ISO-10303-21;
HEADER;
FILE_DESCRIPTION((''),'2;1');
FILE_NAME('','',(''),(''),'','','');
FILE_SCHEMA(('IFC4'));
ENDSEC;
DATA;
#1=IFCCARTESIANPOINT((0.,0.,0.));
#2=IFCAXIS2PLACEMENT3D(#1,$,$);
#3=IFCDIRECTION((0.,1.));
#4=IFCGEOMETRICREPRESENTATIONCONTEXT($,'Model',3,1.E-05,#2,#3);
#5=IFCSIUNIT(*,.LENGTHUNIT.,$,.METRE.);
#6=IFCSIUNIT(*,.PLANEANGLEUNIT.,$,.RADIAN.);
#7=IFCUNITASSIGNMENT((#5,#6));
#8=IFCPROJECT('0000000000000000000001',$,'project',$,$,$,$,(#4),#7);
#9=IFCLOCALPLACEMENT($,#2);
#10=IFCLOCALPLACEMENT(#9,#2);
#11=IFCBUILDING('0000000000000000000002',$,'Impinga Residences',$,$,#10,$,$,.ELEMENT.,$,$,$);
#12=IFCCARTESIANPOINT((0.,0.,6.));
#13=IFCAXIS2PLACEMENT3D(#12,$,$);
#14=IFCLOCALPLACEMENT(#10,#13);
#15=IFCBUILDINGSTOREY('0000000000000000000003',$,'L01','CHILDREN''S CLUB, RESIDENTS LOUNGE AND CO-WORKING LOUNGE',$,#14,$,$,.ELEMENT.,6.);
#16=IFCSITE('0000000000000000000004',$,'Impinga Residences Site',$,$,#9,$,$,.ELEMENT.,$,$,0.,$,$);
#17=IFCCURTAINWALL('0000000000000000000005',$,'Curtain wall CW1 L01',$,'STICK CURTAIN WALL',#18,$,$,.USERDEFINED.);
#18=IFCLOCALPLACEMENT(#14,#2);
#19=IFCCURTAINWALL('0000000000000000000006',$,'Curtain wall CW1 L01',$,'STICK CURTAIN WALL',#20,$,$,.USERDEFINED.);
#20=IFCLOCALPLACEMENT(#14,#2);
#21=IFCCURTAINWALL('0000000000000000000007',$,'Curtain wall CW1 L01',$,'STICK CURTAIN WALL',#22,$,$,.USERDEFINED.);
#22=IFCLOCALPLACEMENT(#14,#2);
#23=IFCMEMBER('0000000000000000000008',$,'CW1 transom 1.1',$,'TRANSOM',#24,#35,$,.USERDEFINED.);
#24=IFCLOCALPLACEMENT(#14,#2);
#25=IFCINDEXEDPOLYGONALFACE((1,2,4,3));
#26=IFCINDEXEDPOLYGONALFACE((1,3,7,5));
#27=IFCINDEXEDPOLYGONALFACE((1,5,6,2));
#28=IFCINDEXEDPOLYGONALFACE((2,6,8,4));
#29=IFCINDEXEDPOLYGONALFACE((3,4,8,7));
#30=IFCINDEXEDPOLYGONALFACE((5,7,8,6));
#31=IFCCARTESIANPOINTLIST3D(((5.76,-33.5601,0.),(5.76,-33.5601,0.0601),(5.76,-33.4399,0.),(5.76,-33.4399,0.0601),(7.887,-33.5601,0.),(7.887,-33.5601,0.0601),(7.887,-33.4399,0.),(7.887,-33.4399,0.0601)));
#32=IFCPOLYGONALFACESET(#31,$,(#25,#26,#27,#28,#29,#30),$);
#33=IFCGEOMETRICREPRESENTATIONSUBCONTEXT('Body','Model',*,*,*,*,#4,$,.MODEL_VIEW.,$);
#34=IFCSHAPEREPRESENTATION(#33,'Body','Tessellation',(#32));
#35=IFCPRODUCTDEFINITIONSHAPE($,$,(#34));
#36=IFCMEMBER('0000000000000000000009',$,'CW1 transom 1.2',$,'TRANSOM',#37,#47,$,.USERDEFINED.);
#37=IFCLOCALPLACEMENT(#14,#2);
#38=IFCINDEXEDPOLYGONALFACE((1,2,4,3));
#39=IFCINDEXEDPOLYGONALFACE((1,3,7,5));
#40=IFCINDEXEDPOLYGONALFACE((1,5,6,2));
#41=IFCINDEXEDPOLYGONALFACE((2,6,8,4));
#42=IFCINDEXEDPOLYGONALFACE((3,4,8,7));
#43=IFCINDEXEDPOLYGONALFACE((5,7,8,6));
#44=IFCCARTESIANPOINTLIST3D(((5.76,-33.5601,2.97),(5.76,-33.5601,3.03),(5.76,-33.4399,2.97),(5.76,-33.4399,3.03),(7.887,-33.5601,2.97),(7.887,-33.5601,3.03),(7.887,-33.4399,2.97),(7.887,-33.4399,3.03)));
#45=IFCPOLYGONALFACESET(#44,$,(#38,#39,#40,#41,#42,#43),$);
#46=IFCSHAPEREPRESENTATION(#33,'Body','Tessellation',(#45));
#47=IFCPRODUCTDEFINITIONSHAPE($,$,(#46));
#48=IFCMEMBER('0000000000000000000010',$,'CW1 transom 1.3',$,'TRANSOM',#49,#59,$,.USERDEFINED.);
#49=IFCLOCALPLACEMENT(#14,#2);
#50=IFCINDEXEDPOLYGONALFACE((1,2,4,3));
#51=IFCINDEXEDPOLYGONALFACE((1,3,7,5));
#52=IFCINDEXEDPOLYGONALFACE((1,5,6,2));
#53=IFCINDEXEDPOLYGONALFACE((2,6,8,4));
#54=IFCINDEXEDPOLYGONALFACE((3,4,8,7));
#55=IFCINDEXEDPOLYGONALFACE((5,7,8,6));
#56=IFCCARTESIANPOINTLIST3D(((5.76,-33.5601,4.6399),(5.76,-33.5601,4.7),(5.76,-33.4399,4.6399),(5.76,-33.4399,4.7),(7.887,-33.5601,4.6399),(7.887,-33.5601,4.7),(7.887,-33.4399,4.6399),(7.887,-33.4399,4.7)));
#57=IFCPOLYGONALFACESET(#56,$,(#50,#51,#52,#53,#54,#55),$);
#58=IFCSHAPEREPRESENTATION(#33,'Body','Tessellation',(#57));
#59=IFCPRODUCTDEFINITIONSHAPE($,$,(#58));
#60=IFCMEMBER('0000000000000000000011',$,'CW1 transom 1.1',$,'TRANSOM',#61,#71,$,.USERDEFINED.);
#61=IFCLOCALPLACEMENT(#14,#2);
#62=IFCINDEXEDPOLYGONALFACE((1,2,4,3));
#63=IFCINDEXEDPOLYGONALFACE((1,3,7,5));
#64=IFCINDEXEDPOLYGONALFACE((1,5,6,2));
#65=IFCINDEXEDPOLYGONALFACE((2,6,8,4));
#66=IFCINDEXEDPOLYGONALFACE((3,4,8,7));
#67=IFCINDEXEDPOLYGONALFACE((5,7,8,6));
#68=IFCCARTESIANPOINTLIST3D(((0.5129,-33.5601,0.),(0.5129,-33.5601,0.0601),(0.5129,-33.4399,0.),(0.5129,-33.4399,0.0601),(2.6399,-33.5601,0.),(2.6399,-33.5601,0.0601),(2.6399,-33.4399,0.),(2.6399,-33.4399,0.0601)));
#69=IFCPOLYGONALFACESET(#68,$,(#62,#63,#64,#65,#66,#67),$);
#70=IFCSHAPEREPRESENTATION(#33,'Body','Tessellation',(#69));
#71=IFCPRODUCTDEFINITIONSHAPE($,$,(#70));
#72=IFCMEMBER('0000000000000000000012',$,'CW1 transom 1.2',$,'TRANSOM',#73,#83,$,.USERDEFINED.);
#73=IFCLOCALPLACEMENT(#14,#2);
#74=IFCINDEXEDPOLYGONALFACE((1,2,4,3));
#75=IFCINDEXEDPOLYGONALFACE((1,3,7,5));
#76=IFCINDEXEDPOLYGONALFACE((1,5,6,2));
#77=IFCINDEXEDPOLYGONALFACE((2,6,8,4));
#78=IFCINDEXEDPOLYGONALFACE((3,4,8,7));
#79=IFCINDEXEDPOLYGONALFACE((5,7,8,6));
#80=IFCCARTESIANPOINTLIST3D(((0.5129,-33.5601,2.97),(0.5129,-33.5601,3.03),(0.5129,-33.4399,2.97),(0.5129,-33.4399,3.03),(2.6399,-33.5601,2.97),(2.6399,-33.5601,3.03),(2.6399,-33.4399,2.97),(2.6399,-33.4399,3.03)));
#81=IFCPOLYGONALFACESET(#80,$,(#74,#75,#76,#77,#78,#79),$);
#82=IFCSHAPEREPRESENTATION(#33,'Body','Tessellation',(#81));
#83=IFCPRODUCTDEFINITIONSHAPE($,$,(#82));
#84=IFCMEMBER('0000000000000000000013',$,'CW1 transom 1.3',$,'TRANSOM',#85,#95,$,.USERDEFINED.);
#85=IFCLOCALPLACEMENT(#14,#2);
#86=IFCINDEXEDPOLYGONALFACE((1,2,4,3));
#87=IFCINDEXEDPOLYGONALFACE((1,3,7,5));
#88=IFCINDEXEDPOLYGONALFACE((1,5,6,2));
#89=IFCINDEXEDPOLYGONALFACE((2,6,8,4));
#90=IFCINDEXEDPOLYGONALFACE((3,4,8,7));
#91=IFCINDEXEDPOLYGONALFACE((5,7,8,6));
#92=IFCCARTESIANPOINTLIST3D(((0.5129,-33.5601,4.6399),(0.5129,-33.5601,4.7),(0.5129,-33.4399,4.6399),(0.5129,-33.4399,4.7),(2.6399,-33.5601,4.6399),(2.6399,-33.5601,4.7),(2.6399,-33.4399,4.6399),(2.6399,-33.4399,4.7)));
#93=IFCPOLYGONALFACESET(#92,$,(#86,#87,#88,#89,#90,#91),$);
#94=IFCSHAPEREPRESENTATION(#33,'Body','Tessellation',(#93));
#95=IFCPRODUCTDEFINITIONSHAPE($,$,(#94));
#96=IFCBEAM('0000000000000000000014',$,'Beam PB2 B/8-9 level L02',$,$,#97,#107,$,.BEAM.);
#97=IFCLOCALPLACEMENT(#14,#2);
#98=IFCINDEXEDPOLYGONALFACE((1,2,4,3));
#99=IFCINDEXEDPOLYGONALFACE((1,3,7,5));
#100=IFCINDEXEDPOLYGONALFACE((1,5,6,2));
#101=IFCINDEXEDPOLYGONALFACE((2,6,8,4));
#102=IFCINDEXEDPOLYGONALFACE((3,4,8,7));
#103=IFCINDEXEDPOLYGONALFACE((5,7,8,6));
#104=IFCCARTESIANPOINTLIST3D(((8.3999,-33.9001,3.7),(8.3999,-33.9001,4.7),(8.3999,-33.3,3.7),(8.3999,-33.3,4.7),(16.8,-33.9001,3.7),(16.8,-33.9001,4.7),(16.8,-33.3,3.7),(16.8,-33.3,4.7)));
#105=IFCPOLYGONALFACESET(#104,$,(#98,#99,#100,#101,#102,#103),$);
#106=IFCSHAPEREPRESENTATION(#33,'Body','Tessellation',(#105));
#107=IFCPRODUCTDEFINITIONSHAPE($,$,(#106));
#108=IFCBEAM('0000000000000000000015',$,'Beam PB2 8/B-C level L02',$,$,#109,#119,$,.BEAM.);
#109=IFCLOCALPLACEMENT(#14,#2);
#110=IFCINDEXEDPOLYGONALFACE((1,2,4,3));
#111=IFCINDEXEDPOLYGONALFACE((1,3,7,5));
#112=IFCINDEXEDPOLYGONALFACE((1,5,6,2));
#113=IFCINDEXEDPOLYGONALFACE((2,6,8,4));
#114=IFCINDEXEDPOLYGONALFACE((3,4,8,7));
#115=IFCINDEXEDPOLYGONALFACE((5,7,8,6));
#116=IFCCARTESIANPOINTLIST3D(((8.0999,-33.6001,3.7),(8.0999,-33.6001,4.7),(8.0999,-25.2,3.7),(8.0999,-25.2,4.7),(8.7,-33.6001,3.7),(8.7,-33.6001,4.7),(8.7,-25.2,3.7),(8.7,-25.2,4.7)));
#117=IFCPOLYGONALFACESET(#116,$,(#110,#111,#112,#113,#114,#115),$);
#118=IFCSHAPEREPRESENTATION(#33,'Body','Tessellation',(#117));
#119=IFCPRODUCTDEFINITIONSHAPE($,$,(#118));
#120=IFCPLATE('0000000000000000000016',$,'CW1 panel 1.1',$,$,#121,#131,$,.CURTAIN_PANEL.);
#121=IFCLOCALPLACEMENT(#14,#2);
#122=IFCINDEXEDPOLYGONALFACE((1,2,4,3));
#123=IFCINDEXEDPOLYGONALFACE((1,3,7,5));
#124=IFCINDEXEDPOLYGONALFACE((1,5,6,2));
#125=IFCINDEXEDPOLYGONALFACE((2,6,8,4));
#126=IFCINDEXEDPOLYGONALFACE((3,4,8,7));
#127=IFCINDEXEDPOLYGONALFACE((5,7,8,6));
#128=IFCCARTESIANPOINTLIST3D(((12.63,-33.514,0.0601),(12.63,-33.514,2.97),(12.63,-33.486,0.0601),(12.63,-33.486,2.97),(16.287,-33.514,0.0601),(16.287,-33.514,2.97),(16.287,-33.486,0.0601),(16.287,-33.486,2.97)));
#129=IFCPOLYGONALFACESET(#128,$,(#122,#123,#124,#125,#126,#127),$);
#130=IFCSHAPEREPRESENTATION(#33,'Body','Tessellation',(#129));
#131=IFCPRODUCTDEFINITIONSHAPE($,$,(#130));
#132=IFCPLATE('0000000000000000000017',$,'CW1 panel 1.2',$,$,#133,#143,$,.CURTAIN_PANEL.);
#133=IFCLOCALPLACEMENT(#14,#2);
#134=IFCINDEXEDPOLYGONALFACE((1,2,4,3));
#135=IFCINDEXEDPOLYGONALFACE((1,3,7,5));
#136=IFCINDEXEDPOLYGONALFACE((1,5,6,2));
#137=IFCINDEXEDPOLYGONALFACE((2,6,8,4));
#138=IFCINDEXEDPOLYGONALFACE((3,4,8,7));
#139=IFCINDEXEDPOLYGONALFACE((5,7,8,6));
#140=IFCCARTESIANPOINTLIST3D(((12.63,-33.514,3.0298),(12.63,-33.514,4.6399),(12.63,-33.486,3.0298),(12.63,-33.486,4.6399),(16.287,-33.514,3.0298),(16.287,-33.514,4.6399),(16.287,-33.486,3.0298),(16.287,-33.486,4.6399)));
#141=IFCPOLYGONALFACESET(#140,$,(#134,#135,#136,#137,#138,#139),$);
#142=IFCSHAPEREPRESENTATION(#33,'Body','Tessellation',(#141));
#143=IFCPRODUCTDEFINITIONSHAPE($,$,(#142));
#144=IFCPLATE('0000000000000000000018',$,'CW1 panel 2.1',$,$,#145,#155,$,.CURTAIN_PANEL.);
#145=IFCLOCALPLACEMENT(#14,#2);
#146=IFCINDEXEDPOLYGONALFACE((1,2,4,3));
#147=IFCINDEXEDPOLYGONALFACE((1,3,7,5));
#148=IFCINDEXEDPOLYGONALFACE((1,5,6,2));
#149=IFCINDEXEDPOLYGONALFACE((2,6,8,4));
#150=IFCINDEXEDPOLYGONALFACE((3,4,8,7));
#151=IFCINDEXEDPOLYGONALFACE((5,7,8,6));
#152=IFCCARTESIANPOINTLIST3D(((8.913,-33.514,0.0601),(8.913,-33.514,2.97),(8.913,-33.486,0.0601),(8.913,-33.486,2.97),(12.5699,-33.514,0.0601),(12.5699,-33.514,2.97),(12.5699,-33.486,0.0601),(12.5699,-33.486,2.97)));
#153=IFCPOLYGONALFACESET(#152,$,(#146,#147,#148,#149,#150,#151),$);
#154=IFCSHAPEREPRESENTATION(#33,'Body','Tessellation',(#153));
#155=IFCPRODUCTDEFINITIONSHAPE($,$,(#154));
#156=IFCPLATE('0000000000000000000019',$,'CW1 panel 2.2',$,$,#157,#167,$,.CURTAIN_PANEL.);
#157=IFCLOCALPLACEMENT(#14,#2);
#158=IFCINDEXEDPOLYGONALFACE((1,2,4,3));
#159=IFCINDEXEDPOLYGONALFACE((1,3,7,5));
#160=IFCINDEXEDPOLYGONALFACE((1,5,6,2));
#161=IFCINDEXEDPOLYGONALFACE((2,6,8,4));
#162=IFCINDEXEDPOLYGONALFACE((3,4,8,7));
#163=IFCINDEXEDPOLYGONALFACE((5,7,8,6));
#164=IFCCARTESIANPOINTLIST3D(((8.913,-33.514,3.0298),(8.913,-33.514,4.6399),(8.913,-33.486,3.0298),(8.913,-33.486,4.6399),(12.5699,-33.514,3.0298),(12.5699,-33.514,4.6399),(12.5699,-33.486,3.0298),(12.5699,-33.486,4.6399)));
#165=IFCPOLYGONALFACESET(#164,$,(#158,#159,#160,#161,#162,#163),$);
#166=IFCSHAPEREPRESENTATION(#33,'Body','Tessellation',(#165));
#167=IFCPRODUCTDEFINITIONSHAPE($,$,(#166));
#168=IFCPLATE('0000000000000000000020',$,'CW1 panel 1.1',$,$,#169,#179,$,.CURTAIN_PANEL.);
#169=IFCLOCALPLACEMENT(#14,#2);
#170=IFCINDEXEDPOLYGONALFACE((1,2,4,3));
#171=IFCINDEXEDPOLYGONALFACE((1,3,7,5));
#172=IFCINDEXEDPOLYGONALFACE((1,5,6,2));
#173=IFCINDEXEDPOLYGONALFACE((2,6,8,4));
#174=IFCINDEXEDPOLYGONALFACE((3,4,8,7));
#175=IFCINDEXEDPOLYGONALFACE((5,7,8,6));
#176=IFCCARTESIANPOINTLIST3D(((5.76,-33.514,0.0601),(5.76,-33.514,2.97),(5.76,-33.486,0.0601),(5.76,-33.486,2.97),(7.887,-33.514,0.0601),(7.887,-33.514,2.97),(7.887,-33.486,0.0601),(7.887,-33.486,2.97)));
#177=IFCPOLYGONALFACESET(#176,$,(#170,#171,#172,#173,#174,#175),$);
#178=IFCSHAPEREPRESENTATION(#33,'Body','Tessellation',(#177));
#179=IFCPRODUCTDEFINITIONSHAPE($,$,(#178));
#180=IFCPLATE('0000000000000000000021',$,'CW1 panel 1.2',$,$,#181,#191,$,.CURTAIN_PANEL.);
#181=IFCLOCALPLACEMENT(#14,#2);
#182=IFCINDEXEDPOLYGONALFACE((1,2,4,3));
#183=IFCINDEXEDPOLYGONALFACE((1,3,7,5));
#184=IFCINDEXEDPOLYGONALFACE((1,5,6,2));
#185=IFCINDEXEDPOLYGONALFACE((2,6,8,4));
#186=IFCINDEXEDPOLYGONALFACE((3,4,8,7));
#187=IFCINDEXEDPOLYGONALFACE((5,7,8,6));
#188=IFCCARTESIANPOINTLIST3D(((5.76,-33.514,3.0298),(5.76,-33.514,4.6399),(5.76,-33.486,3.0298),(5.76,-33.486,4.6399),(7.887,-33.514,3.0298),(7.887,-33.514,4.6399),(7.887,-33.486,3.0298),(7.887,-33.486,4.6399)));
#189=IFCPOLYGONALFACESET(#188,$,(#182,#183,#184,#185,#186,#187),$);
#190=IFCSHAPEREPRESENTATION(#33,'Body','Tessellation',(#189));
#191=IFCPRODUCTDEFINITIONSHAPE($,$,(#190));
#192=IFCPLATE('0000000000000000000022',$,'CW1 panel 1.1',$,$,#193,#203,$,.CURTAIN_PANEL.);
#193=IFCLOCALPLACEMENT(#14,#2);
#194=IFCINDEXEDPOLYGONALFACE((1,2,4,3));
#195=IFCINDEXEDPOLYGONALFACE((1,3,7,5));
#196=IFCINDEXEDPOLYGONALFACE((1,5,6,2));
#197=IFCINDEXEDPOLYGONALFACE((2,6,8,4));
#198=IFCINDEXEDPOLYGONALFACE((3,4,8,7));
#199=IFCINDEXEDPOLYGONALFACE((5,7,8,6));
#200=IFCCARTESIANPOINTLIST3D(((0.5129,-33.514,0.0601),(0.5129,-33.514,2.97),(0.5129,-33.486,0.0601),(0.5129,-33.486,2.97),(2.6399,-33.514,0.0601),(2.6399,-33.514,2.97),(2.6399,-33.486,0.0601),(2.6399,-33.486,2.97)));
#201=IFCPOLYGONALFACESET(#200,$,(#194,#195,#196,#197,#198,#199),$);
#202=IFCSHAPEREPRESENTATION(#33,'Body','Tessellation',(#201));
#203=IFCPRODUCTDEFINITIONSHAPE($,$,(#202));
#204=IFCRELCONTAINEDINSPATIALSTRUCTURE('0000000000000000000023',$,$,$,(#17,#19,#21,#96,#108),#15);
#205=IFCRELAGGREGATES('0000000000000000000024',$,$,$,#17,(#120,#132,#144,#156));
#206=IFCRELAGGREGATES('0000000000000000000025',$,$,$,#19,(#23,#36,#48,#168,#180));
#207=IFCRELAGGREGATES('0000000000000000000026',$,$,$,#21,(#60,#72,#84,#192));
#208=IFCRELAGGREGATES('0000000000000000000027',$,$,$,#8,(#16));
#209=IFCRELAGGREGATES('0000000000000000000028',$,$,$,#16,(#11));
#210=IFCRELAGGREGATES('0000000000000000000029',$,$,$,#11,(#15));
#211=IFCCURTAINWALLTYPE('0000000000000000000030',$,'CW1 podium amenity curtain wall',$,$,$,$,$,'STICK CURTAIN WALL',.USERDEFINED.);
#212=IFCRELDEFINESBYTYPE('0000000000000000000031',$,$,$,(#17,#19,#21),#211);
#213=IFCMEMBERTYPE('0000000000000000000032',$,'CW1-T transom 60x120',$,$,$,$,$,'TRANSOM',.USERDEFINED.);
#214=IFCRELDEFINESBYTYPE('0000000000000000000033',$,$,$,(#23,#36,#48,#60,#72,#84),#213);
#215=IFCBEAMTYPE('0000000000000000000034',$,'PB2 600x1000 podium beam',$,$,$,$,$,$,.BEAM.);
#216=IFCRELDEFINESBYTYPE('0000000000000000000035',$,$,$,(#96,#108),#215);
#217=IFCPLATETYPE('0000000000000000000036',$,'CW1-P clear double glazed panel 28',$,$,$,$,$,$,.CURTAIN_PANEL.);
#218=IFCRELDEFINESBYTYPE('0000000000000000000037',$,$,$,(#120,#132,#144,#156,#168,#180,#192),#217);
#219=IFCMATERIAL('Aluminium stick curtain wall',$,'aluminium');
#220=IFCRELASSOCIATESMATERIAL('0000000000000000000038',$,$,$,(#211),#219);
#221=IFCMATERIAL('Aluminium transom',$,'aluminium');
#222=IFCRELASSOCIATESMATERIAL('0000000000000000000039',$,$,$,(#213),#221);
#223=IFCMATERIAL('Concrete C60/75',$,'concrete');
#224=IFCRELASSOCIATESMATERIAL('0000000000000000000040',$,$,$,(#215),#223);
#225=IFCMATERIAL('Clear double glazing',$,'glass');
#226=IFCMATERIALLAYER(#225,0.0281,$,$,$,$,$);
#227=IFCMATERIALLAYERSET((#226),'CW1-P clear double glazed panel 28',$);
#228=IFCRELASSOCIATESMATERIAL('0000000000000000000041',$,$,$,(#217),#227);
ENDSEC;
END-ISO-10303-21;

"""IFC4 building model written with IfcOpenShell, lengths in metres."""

from ifc_helpers import new_model, si_unit, direction, frame, origin, origin_2d, place, context, subcontext, project, spatial, rectangle, extrude, material, layer, layer_set, material_profile, profile_set, type_object, element, aggregate, save


model = new_model("IFC4")

# Units and contexts
model_context = context("Model", 3, precision=1e-05, world=origin(), true_north=direction((0.0, 1.0)))
body_context = subcontext(model_context, "Body", "Model", "MODEL_VIEW")
ifc_project = project(units=[si_unit("LENGTHUNIT", "METRE"), si_unit("PLANEANGLEUNIT", "RADIAN")], contexts=[model_context])

# Site, building, storey
site_placement = place(None, origin())
site = spatial("IfcSite", under=ifc_project, at=site_placement, Name="Impinga Residences Site", CompositionType="ELEMENT", RefElevation=0.0)
building_placement = place(site_placement, origin())
building = spatial("IfcBuilding", under=site, at=building_placement, Name="Impinga Residences", CompositionType="ELEMENT")
storey_placement = place(building_placement, frame((0.0, 0.0, 6.0)))
storey = spatial("IfcBuildingStorey", under=building, at=storey_placement, Name="L01", Description="CHILDREN'S CLUB, RESIDENTS LOUNGE AND CO-WORKING LOUNGE", CompositionType="ELEMENT", Elevation=6.0)

# Curtain walls
ifc_material_1 = material(Name="Aluminium stick curtain wall", Category="aluminium")
curtain_wall_type = type_object("IfcCurtainWallType", Name="CW1 podium amenity curtain wall", ElementType="STICK CURTAIN WALL", PredefinedType="USERDEFINED", material=ifc_material_1)
curtain_wall_1_placement = place(storey_placement, origin())
curtain_wall_1 = element("IfcCurtainWall", 1, at=curtain_wall_1_placement, inside=storey, type_object=curtain_wall_type, Name="Curtain wall CW1 L01", ObjectType="STICK CURTAIN WALL", PredefinedType="USERDEFINED")
curtain_wall_2_placement = place(storey_placement, origin())
curtain_wall_2 = element("IfcCurtainWall", 2, at=curtain_wall_2_placement, inside=storey, type_object=curtain_wall_type, Name="Curtain wall CW1 L01", ObjectType="STICK CURTAIN WALL", PredefinedType="USERDEFINED")
curtain_wall_3_placement = place(storey_placement, origin())
curtain_wall_3 = element("IfcCurtainWall", 3, at=curtain_wall_3_placement, inside=storey, type_object=curtain_wall_type, Name="Curtain wall CW1 L01", ObjectType="STICK CURTAIN WALL", PredefinedType="USERDEFINED")

# Members
ifc_material_2 = material(Name="Aluminium transom", Category="aluminium")
ifc_material_profile_1 = material_profile(ifc_material_2, rectangle(XDim=0.0601, YDim=0.1201, at=origin_2d()), Name="60x120 transom")
ifc_profile_set_1 = profile_set([ifc_material_profile_1], Name="Aluminium transom")
member_type_1 = type_object("IfcMemberType", Name="CW1-T transom 60x120", ElementType="TRANSOM", PredefinedType="USERDEFINED", material=ifc_profile_set_1)
member_1_placement = place(storey_placement, frame((7.887, -33.5, 0.03), z_axis=(-1.0, 0.0, 0.0), x_axis=(0.0, 0.0, 1.0)))
member_1 = element("IfcMember", 4, at=member_1_placement, type_object=member_type_1, Name="CW1 transom 1.1", ObjectType="TRANSOM", PredefinedType="USERDEFINED", context=body_context, shape_type="SweptSolid", body=[
    extrude(rectangle(XDim=0.0601, YDim=0.1201, at=origin_2d()), origin(), (0.0, 0.0, 1.0), 2.127),
])
member_2_placement = place(storey_placement, frame((7.887, -33.5, 3.0), z_axis=(-1.0, 0.0, 0.0), x_axis=(0.0, 0.0, 1.0)))
member_2 = element("IfcMember", 5, at=member_2_placement, type_object=member_type_1, Name="CW1 transom 1.2", ObjectType="TRANSOM", PredefinedType="USERDEFINED", context=body_context, shape_type="SweptSolid", body=[
    extrude(rectangle(XDim=0.0601, YDim=0.1201, at=origin_2d()), origin(), (0.0, 0.0, 1.0), 2.127),
])
member_3_placement = place(storey_placement, frame((7.887, -33.5, 4.6699), z_axis=(-1.0, 0.0, 0.0), x_axis=(0.0, 0.0, 1.0)))
member_3 = element("IfcMember", 6, at=member_3_placement, type_object=member_type_1, Name="CW1 transom 1.3", ObjectType="TRANSOM", PredefinedType="USERDEFINED", context=body_context, shape_type="SweptSolid", body=[
    extrude(rectangle(XDim=0.0601, YDim=0.1201, at=origin_2d()), origin(), (0.0, 0.0, 1.0), 2.127),
])
member_4_placement = place(storey_placement, frame((2.6399, -33.5, 0.03), z_axis=(-1.0, 0.0, 0.0), x_axis=(0.0, 0.0, 1.0)))
member_4 = element("IfcMember", 7, at=member_4_placement, type_object=member_type_1, Name="CW1 transom 1.1", ObjectType="TRANSOM", PredefinedType="USERDEFINED", context=body_context, shape_type="SweptSolid", body=[
    extrude(rectangle(XDim=0.0601, YDim=0.1201, at=origin_2d()), origin(), (0.0, 0.0, 1.0), 2.127),
])
member_5_placement = place(storey_placement, frame((2.6399, -33.5, 3.0), z_axis=(-1.0, 0.0, 0.0), x_axis=(0.0, 0.0, 1.0)))
member_5 = element("IfcMember", 8, at=member_5_placement, type_object=member_type_1, Name="CW1 transom 1.2", ObjectType="TRANSOM", PredefinedType="USERDEFINED", context=body_context, shape_type="SweptSolid", body=[
    extrude(rectangle(XDim=0.0601, YDim=0.1201, at=origin_2d()), origin(), (0.0, 0.0, 1.0), 2.127),
])
member_6_placement = place(storey_placement, frame((2.6399, -33.5, 4.6699), z_axis=(-1.0, 0.0, 0.0), x_axis=(0.0, 0.0, 1.0)))
member_6 = element("IfcMember", 9, at=member_6_placement, type_object=member_type_1, Name="CW1 transom 1.3", ObjectType="TRANSOM", PredefinedType="USERDEFINED", context=body_context, shape_type="SweptSolid", body=[
    extrude(rectangle(XDim=0.0601, YDim=0.1201, at=origin_2d()), origin(), (0.0, 0.0, 1.0), 2.127),
])

# Beams
ifc_material_3 = material(Name="Concrete C60/75", Category="concrete")
ifc_material_profile_2 = material_profile(ifc_material_3, rectangle(XDim=0.6001, YDim=1.0, at=origin_2d()), Name="RC 600x1000")
ifc_profile_set_2 = profile_set([ifc_material_profile_2], Name="Concrete C60/75")
beam_type = type_object("IfcBeamType", Name="PB2 600x1000 podium beam", PredefinedType="BEAM", material=ifc_profile_set_2)
for number, where, z_axis, x_axis, name in (
    (10, (8.3999, -33.6001, 4.2), (1.0, 0.0, 0.0), (0.0, 1.0, 0.0), "Beam PB2 B/8-9 level L02"),
    (11, (8.3999, -33.6001, 4.2), (0.0, 1.0, 0.0), (-1.0, 0.0, 0.0), "Beam PB2 8/B-C level L02"),
):
    element("IfcBeam", number, at=place(storey_placement, frame(where, z_axis=z_axis, x_axis=x_axis)), inside=storey, type_object=beam_type, Name=name, PredefinedType="BEAM", context=body_context, shape_type="SweptSolid", body=[
        extrude(rectangle(XDim=0.6001, YDim=1.0, at=origin_2d()), origin(), (0.0, 0.0, 1.0), 8.4001),
    ])

# Plates
ifc_material_4 = material(Name="Clear double glazing", Category="glass")
ifc_layer_1 = layer(ifc_material_4, 0.0281)
ifc_layer_set_1 = layer_set([ifc_layer_1], Name="CW1-P clear double glazed panel 28")
plate_type = type_object("IfcPlateType", Name="CW1-P clear double glazed panel 28", PredefinedType="CURTAIN_PANEL", material=ifc_layer_set_1)
plate_1_placement = place(storey_placement, frame((14.4585, -33.5, 0.0601), z_axis=(0.0, 0.0, 1.0), x_axis=(-1.0, 0.0, 0.0)))
plate_1 = element("IfcPlate", 12, at=plate_1_placement, type_object=plate_type, Name="CW1 panel 1.1", PredefinedType="CURTAIN_PANEL", context=body_context, shape_type="SweptSolid", body=[
    extrude(rectangle(XDim=3.657, YDim=0.0281, at=origin_2d()), origin(), (0.0, 0.0, 1.0), 2.9099),
])
plate_2_placement = place(storey_placement, frame((14.4585, -33.5, 3.0298), z_axis=(0.0, 0.0, 1.0), x_axis=(-1.0, 0.0, 0.0)))
plate_2 = element("IfcPlate", 13, at=plate_2_placement, type_object=plate_type, Name="CW1 panel 1.2", PredefinedType="CURTAIN_PANEL", context=body_context, shape_type="SweptSolid", body=[
    extrude(rectangle(XDim=3.657, YDim=0.0281, at=origin_2d()), origin(), (0.0, 0.0, 1.0), 1.6101),
])
plate_3_placement = place(storey_placement, frame((10.7415, -33.5, 0.0601), z_axis=(0.0, 0.0, 1.0), x_axis=(-1.0, 0.0, 0.0)))
plate_3 = element("IfcPlate", 14, at=plate_3_placement, type_object=plate_type, Name="CW1 panel 2.1", PredefinedType="CURTAIN_PANEL", context=body_context, shape_type="SweptSolid", body=[
    extrude(rectangle(XDim=3.657, YDim=0.0281, at=origin_2d()), origin(), (0.0, 0.0, 1.0), 2.9099),
])
plate_4_placement = place(storey_placement, frame((10.7415, -33.5, 3.0298), z_axis=(0.0, 0.0, 1.0), x_axis=(-1.0, 0.0, 0.0)))
plate_4 = element("IfcPlate", 15, at=plate_4_placement, type_object=plate_type, Name="CW1 panel 2.2", PredefinedType="CURTAIN_PANEL", context=body_context, shape_type="SweptSolid", body=[
    extrude(rectangle(XDim=3.657, YDim=0.0281, at=origin_2d()), origin(), (0.0, 0.0, 1.0), 1.6101),
])
aggregate(curtain_wall_1, [plate_1, plate_2, plate_3, plate_4])
plate_5_placement = place(storey_placement, frame((6.8235, -33.5, 0.0601), z_axis=(0.0, 0.0, 1.0), x_axis=(-1.0, 0.0, 0.0)))
plate_5 = element("IfcPlate", 16, at=plate_5_placement, type_object=plate_type, Name="CW1 panel 1.1", PredefinedType="CURTAIN_PANEL", context=body_context, shape_type="SweptSolid", body=[
    extrude(rectangle(XDim=2.127, YDim=0.0281, at=origin_2d()), origin(), (0.0, 0.0, 1.0), 2.9099),
])
plate_6_placement = place(storey_placement, frame((6.8235, -33.5, 3.0298), z_axis=(0.0, 0.0, 1.0), x_axis=(-1.0, 0.0, 0.0)))
plate_6 = element("IfcPlate", 17, at=plate_6_placement, type_object=plate_type, Name="CW1 panel 1.2", PredefinedType="CURTAIN_PANEL", context=body_context, shape_type="SweptSolid", body=[
    extrude(rectangle(XDim=2.127, YDim=0.0281, at=origin_2d()), origin(), (0.0, 0.0, 1.0), 1.6101),
])
aggregate(curtain_wall_2, [member_1, member_2, member_3, plate_5, plate_6])
plate_7_placement = place(storey_placement, frame((1.5764, -33.5, 0.0601), z_axis=(0.0, 0.0, 1.0), x_axis=(-1.0, 0.0, 0.0)))
plate_7 = element("IfcPlate", 18, at=plate_7_placement, type_object=plate_type, Name="CW1 panel 1.1", PredefinedType="CURTAIN_PANEL", context=body_context, shape_type="SweptSolid", body=[
    extrude(rectangle(XDim=2.127, YDim=0.0281, at=origin_2d()), origin(), (0.0, 0.0, 1.0), 2.9099),
])
aggregate(curtain_wall_3, [member_4, member_5, member_6, plate_7])

save(model, "model.ifc")
